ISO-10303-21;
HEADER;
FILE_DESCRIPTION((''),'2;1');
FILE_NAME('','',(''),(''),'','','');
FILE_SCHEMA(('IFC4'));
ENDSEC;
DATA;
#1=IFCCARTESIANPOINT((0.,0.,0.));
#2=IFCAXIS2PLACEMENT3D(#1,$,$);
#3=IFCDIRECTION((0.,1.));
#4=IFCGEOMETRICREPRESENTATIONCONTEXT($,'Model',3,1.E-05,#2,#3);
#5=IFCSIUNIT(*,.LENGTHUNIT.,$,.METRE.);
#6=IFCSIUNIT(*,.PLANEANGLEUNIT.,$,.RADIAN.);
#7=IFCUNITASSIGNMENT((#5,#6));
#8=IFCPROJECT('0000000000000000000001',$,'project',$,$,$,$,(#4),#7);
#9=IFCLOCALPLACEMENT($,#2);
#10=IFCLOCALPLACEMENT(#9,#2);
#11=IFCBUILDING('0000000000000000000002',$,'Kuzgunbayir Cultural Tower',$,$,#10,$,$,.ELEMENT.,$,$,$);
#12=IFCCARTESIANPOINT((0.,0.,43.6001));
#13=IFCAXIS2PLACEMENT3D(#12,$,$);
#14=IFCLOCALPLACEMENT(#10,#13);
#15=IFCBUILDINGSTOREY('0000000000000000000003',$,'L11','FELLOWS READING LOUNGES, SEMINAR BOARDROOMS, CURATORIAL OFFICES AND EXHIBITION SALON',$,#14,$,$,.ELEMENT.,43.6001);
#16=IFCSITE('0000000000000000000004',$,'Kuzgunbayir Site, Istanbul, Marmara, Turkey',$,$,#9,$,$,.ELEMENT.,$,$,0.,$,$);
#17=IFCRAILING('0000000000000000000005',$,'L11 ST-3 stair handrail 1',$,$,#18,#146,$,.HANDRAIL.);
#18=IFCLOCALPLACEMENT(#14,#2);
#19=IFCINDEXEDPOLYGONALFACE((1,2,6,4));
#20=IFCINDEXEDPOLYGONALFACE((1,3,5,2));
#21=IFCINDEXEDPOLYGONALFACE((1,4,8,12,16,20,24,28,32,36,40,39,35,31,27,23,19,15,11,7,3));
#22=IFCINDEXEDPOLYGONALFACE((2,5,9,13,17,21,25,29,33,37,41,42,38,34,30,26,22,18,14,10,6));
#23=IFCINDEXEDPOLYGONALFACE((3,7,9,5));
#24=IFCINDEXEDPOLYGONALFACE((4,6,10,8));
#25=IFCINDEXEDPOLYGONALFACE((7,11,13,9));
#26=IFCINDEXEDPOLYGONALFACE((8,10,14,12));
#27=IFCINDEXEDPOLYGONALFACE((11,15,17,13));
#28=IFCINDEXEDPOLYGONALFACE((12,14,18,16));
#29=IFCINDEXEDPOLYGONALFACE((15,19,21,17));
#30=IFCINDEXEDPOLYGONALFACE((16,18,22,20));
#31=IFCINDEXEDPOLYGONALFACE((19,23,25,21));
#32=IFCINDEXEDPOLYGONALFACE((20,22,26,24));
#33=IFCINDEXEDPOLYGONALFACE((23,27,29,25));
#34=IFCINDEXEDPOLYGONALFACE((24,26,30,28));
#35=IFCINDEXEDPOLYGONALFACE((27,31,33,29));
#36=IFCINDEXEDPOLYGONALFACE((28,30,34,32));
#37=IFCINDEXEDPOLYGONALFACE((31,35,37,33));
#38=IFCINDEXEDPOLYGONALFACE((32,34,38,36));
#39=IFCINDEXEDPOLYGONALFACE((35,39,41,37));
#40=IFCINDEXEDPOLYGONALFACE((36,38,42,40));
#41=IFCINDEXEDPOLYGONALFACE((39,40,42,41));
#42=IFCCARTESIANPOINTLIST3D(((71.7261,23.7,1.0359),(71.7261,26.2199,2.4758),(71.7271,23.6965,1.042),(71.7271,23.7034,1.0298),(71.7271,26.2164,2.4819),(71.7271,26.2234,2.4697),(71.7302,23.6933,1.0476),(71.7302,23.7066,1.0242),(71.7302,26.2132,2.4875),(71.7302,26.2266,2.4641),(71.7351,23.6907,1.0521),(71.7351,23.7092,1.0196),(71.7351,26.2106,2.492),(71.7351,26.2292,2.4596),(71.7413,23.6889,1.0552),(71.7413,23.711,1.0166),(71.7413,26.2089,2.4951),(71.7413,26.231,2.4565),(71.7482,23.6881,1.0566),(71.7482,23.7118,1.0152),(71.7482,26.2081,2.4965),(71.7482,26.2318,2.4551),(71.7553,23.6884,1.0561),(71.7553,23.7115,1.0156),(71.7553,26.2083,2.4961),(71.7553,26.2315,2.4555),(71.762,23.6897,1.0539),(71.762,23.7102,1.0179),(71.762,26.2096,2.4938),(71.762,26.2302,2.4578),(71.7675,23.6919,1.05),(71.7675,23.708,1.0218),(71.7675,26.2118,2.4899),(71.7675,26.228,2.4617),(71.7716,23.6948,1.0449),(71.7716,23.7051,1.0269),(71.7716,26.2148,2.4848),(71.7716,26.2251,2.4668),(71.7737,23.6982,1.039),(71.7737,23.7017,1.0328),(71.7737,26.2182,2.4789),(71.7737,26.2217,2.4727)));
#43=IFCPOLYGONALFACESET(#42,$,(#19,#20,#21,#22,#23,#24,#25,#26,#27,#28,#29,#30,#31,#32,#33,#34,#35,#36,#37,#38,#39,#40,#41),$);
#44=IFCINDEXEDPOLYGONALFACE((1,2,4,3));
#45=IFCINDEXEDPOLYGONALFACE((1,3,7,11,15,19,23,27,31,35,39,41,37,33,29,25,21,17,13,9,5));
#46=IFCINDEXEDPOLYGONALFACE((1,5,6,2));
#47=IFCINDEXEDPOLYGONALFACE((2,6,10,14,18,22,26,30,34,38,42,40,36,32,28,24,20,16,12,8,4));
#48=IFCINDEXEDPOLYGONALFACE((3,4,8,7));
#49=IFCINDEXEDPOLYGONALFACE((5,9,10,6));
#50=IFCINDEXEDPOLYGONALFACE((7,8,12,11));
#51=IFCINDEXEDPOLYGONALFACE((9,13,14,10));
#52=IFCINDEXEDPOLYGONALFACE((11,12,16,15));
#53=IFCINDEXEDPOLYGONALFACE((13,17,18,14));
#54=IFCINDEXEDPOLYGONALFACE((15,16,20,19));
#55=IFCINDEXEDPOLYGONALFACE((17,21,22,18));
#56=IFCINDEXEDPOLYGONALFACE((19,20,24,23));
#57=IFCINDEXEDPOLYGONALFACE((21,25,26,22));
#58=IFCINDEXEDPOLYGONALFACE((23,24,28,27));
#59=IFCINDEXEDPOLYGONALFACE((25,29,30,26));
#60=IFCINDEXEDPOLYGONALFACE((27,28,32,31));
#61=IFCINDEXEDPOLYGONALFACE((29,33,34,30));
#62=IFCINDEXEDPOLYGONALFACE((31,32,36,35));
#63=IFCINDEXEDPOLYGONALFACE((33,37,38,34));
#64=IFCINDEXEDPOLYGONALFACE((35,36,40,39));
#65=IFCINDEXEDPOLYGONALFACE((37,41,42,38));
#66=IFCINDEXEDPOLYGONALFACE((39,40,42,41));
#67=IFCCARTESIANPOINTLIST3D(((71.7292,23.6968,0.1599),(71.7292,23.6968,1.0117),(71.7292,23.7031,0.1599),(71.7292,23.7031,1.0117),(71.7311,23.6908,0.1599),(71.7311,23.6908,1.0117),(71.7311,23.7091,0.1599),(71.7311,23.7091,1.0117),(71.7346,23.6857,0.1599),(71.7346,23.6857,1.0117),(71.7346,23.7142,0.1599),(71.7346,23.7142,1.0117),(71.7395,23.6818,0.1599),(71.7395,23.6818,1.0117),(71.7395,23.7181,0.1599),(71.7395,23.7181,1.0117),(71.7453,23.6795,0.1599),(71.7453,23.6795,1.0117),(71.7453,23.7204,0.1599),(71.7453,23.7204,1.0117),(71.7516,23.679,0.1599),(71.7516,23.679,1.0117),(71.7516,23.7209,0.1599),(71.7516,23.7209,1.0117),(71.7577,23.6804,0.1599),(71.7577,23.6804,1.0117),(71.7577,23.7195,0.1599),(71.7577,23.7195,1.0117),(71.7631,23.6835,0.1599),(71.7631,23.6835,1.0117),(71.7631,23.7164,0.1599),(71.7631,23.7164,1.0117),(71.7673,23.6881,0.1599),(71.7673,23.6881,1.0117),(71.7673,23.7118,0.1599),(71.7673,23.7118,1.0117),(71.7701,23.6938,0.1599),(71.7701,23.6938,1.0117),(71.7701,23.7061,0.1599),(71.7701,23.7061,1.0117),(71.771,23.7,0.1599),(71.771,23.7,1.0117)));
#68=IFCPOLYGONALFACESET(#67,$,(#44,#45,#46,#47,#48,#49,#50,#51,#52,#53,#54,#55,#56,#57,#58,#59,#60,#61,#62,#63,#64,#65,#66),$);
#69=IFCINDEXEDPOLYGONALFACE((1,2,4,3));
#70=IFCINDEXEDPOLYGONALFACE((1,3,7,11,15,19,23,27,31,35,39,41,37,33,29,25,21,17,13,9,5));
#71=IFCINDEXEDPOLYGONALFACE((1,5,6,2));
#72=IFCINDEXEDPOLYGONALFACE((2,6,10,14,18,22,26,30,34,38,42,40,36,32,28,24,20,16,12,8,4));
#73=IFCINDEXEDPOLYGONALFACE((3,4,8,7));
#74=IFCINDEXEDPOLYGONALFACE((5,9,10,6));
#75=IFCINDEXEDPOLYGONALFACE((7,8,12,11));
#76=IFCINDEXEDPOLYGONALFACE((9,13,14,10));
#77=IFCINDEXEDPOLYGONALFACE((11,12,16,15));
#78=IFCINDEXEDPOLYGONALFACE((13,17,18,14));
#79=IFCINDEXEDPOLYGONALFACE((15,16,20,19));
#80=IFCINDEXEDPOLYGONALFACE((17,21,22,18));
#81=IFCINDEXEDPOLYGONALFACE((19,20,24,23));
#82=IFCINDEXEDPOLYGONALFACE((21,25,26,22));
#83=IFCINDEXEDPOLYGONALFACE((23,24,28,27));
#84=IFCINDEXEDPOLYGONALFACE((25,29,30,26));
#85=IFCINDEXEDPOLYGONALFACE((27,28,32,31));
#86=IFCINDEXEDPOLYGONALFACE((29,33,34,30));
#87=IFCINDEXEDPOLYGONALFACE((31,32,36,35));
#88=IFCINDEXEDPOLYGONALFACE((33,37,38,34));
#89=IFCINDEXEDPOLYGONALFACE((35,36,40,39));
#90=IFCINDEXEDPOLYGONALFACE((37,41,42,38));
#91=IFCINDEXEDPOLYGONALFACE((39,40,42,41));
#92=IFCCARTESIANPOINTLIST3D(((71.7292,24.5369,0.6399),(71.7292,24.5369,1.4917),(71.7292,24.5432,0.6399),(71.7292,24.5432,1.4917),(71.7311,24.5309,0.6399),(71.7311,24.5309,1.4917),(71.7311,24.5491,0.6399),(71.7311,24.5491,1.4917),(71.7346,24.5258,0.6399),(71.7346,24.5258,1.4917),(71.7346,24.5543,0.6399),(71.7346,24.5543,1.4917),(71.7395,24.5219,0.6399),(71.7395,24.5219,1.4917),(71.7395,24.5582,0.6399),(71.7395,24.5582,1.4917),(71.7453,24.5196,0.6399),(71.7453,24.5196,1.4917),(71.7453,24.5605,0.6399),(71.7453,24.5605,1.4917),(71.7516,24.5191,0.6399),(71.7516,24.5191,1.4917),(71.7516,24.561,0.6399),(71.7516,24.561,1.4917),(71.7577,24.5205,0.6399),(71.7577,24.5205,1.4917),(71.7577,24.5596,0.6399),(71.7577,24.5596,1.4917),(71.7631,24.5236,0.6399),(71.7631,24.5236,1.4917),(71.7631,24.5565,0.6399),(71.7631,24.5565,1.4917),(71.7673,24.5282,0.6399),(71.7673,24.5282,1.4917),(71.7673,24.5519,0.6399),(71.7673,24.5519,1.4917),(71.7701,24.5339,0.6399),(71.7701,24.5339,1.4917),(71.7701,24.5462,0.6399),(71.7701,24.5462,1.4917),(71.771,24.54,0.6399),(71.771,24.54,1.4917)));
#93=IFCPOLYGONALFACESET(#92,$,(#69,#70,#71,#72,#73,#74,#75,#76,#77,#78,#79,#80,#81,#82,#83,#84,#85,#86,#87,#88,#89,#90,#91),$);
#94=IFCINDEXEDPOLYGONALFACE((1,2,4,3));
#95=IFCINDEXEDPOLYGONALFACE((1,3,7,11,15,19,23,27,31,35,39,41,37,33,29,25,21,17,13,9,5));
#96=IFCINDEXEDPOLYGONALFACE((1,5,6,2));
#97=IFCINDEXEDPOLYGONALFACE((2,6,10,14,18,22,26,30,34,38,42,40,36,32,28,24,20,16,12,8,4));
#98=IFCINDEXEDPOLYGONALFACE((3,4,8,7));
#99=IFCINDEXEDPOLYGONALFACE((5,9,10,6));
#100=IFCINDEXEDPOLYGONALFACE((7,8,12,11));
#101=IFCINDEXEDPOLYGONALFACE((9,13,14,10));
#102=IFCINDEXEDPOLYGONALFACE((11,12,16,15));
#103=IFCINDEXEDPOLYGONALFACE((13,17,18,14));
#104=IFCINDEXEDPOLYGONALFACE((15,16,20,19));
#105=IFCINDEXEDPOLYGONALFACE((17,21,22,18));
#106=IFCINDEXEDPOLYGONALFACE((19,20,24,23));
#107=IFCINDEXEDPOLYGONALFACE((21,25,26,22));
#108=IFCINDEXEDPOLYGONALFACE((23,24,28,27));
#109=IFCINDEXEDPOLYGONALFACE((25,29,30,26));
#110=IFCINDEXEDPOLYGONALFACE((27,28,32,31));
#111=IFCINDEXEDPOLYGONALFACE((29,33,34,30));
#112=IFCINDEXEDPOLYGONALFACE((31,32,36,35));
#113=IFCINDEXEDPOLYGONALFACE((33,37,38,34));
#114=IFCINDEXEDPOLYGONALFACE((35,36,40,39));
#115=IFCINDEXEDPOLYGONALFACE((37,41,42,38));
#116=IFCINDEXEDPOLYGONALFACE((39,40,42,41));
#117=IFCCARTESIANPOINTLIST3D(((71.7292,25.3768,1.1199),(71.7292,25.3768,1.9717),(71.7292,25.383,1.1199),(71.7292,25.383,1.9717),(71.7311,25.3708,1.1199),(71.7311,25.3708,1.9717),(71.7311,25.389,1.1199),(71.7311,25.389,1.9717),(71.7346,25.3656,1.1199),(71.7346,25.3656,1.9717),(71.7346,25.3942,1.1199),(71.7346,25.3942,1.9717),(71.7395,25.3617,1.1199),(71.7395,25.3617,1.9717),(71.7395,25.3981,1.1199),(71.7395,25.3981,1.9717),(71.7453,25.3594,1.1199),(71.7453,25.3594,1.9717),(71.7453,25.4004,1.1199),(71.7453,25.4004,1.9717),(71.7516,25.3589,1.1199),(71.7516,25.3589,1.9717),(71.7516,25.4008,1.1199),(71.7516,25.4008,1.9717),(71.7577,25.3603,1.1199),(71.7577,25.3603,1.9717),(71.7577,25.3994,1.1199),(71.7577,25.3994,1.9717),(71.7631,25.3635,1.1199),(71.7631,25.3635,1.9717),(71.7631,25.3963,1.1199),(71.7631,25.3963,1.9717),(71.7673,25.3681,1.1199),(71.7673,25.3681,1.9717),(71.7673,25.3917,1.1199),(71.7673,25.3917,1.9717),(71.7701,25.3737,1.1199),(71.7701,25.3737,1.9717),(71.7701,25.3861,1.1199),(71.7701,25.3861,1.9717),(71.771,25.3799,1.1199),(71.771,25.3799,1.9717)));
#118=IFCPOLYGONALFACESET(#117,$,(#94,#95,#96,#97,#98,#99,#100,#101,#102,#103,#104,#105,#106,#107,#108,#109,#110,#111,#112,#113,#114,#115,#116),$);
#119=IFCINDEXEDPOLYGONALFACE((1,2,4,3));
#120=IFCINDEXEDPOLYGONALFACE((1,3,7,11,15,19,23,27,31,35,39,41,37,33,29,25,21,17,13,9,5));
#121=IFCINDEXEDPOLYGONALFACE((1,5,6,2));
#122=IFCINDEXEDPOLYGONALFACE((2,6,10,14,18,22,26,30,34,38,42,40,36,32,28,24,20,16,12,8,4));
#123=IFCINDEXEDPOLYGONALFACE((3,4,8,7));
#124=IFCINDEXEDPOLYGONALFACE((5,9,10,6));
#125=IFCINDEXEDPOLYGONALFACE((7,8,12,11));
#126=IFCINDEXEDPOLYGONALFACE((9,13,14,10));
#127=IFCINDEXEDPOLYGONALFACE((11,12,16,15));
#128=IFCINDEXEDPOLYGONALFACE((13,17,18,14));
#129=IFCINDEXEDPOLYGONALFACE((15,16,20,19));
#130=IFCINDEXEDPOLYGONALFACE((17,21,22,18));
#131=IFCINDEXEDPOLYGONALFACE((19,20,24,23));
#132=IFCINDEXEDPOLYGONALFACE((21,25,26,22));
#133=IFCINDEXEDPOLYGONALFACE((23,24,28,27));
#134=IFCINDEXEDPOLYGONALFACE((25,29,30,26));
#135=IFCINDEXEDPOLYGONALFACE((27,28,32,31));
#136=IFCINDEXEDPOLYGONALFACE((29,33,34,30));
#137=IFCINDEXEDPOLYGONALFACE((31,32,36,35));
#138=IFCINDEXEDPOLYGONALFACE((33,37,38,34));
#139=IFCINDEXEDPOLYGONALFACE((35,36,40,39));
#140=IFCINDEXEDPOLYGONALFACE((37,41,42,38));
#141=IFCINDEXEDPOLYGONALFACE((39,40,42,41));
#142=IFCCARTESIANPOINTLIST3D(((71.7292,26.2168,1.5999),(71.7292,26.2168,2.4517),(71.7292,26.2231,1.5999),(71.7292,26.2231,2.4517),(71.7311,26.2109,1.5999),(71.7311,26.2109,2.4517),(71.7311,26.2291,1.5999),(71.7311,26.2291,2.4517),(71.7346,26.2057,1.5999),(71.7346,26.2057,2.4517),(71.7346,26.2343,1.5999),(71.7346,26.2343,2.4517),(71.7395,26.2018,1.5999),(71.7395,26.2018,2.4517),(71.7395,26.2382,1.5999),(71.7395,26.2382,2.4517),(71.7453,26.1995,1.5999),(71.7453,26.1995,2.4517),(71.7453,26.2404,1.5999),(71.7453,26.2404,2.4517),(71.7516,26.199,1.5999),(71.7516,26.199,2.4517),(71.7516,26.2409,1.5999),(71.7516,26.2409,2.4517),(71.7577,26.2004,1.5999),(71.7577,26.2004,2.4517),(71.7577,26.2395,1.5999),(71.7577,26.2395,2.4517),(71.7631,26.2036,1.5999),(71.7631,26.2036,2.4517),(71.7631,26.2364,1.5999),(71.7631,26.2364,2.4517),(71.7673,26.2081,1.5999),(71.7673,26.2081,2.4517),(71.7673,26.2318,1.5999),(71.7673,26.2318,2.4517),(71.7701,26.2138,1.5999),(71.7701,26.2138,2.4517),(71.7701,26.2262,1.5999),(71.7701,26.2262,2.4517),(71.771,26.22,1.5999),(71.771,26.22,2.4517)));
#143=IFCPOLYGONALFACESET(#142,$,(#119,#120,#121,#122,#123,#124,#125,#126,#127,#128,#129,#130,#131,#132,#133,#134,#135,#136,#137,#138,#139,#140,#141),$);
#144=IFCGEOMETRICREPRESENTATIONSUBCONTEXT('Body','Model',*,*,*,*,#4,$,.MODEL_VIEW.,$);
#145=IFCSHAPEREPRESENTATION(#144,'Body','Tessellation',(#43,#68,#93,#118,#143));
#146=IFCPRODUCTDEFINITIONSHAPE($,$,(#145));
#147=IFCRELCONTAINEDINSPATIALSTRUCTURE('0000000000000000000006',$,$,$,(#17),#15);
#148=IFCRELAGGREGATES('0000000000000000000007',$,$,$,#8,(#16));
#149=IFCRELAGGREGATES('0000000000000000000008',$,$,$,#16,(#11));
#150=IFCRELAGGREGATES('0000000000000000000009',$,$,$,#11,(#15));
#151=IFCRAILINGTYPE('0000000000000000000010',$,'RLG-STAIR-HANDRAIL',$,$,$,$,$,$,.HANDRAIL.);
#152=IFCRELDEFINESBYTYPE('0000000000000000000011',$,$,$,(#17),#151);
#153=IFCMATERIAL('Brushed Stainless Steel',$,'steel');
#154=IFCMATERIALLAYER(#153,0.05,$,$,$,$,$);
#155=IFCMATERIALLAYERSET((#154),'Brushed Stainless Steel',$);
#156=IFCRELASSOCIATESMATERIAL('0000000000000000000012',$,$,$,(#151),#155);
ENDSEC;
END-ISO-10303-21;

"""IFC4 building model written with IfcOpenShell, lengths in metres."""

from ifc_helpers import new_model, si_unit, direction, frame, origin, origin_2d, place, context, subcontext, project, spatial, circle, extrude, material, layer, layer_set, type_object, element, save


model = new_model("IFC4")

# Units and contexts
model_context = context("Model", 3, precision=1e-05, world=origin(), true_north=direction((0.0, 1.0)))
body_context = subcontext(model_context, "Body", "Model", "MODEL_VIEW")
ifc_project = project(units=[si_unit("LENGTHUNIT", "METRE"), si_unit("PLANEANGLEUNIT", "RADIAN")], contexts=[model_context])

# Site, building, storey
site_placement = place(None, origin())
site = spatial("IfcSite", under=ifc_project, at=site_placement, Name="Kuzgunbayir Site, Istanbul, Marmara, Turkey", CompositionType="ELEMENT", RefElevation=0.0)
building_placement = place(site_placement, origin())
building = spatial("IfcBuilding", under=site, at=building_placement, Name="Kuzgunbayir Cultural Tower", CompositionType="ELEMENT")
storey_placement = place(building_placement, frame((0.0, 0.0, 43.6001)))
storey = spatial("IfcBuildingStorey", under=building, at=storey_placement, Name="L11", Description="FELLOWS READING LOUNGES, SEMINAR BOARDROOMS, CURATORIAL OFFICES AND EXHIBITION SALON", CompositionType="ELEMENT", Elevation=43.6001)

# Railing
ifc_material_1 = material(Name="Brushed Stainless Steel", Category="steel")
ifc_layer_1 = layer(ifc_material_1, 0.05)
ifc_layer_set_1 = layer_set([ifc_layer_1], Name="Brushed Stainless Steel")
railing_type_1 = type_object("IfcRailingType", Name="RLG-STAIR-HANDRAIL", PredefinedType="HANDRAIL", material=ifc_layer_set_1)
railing_1_placement = place(storey_placement, frame((71.75, 23.7, 0.1599)))
element("IfcRailing", 1, at=railing_1_placement, inside=storey, type_object=railing_type_1, Name="L11 ST-3 stair handrail 1", PredefinedType="HANDRAIL", context=body_context, shape_type="SweptSolid", body=[
    extrude(circle(Radius=0.0239, at=origin_2d()), frame((0.0, 0.0, 0.876), z_axis=(0.0, 0.868253, 0.496121), x_axis=(-1.0, 0.0, 0.0)), (0.0, 0.0, 1.0), 2.9023),
    extrude(circle(Radius=0.021, at=origin_2d()), origin(), (0.0, 0.0, 1.0), 0.8518),
    extrude(circle(Radius=0.021, at=origin_2d()), frame((0.0, 0.8401, 0.48)), (0.0, 0.0, 1.0), 0.8518),
    extrude(circle(Radius=0.021, at=origin_2d()), frame((0.0, 1.6799, 0.96)), (0.0, 0.0, 1.0), 0.8518),
    extrude(circle(Radius=0.021, at=origin_2d()), frame((0.0, 2.52, 1.4399)), (0.0, 0.0, 1.0), 0.8518),
])

save(model, "model.ifc")
